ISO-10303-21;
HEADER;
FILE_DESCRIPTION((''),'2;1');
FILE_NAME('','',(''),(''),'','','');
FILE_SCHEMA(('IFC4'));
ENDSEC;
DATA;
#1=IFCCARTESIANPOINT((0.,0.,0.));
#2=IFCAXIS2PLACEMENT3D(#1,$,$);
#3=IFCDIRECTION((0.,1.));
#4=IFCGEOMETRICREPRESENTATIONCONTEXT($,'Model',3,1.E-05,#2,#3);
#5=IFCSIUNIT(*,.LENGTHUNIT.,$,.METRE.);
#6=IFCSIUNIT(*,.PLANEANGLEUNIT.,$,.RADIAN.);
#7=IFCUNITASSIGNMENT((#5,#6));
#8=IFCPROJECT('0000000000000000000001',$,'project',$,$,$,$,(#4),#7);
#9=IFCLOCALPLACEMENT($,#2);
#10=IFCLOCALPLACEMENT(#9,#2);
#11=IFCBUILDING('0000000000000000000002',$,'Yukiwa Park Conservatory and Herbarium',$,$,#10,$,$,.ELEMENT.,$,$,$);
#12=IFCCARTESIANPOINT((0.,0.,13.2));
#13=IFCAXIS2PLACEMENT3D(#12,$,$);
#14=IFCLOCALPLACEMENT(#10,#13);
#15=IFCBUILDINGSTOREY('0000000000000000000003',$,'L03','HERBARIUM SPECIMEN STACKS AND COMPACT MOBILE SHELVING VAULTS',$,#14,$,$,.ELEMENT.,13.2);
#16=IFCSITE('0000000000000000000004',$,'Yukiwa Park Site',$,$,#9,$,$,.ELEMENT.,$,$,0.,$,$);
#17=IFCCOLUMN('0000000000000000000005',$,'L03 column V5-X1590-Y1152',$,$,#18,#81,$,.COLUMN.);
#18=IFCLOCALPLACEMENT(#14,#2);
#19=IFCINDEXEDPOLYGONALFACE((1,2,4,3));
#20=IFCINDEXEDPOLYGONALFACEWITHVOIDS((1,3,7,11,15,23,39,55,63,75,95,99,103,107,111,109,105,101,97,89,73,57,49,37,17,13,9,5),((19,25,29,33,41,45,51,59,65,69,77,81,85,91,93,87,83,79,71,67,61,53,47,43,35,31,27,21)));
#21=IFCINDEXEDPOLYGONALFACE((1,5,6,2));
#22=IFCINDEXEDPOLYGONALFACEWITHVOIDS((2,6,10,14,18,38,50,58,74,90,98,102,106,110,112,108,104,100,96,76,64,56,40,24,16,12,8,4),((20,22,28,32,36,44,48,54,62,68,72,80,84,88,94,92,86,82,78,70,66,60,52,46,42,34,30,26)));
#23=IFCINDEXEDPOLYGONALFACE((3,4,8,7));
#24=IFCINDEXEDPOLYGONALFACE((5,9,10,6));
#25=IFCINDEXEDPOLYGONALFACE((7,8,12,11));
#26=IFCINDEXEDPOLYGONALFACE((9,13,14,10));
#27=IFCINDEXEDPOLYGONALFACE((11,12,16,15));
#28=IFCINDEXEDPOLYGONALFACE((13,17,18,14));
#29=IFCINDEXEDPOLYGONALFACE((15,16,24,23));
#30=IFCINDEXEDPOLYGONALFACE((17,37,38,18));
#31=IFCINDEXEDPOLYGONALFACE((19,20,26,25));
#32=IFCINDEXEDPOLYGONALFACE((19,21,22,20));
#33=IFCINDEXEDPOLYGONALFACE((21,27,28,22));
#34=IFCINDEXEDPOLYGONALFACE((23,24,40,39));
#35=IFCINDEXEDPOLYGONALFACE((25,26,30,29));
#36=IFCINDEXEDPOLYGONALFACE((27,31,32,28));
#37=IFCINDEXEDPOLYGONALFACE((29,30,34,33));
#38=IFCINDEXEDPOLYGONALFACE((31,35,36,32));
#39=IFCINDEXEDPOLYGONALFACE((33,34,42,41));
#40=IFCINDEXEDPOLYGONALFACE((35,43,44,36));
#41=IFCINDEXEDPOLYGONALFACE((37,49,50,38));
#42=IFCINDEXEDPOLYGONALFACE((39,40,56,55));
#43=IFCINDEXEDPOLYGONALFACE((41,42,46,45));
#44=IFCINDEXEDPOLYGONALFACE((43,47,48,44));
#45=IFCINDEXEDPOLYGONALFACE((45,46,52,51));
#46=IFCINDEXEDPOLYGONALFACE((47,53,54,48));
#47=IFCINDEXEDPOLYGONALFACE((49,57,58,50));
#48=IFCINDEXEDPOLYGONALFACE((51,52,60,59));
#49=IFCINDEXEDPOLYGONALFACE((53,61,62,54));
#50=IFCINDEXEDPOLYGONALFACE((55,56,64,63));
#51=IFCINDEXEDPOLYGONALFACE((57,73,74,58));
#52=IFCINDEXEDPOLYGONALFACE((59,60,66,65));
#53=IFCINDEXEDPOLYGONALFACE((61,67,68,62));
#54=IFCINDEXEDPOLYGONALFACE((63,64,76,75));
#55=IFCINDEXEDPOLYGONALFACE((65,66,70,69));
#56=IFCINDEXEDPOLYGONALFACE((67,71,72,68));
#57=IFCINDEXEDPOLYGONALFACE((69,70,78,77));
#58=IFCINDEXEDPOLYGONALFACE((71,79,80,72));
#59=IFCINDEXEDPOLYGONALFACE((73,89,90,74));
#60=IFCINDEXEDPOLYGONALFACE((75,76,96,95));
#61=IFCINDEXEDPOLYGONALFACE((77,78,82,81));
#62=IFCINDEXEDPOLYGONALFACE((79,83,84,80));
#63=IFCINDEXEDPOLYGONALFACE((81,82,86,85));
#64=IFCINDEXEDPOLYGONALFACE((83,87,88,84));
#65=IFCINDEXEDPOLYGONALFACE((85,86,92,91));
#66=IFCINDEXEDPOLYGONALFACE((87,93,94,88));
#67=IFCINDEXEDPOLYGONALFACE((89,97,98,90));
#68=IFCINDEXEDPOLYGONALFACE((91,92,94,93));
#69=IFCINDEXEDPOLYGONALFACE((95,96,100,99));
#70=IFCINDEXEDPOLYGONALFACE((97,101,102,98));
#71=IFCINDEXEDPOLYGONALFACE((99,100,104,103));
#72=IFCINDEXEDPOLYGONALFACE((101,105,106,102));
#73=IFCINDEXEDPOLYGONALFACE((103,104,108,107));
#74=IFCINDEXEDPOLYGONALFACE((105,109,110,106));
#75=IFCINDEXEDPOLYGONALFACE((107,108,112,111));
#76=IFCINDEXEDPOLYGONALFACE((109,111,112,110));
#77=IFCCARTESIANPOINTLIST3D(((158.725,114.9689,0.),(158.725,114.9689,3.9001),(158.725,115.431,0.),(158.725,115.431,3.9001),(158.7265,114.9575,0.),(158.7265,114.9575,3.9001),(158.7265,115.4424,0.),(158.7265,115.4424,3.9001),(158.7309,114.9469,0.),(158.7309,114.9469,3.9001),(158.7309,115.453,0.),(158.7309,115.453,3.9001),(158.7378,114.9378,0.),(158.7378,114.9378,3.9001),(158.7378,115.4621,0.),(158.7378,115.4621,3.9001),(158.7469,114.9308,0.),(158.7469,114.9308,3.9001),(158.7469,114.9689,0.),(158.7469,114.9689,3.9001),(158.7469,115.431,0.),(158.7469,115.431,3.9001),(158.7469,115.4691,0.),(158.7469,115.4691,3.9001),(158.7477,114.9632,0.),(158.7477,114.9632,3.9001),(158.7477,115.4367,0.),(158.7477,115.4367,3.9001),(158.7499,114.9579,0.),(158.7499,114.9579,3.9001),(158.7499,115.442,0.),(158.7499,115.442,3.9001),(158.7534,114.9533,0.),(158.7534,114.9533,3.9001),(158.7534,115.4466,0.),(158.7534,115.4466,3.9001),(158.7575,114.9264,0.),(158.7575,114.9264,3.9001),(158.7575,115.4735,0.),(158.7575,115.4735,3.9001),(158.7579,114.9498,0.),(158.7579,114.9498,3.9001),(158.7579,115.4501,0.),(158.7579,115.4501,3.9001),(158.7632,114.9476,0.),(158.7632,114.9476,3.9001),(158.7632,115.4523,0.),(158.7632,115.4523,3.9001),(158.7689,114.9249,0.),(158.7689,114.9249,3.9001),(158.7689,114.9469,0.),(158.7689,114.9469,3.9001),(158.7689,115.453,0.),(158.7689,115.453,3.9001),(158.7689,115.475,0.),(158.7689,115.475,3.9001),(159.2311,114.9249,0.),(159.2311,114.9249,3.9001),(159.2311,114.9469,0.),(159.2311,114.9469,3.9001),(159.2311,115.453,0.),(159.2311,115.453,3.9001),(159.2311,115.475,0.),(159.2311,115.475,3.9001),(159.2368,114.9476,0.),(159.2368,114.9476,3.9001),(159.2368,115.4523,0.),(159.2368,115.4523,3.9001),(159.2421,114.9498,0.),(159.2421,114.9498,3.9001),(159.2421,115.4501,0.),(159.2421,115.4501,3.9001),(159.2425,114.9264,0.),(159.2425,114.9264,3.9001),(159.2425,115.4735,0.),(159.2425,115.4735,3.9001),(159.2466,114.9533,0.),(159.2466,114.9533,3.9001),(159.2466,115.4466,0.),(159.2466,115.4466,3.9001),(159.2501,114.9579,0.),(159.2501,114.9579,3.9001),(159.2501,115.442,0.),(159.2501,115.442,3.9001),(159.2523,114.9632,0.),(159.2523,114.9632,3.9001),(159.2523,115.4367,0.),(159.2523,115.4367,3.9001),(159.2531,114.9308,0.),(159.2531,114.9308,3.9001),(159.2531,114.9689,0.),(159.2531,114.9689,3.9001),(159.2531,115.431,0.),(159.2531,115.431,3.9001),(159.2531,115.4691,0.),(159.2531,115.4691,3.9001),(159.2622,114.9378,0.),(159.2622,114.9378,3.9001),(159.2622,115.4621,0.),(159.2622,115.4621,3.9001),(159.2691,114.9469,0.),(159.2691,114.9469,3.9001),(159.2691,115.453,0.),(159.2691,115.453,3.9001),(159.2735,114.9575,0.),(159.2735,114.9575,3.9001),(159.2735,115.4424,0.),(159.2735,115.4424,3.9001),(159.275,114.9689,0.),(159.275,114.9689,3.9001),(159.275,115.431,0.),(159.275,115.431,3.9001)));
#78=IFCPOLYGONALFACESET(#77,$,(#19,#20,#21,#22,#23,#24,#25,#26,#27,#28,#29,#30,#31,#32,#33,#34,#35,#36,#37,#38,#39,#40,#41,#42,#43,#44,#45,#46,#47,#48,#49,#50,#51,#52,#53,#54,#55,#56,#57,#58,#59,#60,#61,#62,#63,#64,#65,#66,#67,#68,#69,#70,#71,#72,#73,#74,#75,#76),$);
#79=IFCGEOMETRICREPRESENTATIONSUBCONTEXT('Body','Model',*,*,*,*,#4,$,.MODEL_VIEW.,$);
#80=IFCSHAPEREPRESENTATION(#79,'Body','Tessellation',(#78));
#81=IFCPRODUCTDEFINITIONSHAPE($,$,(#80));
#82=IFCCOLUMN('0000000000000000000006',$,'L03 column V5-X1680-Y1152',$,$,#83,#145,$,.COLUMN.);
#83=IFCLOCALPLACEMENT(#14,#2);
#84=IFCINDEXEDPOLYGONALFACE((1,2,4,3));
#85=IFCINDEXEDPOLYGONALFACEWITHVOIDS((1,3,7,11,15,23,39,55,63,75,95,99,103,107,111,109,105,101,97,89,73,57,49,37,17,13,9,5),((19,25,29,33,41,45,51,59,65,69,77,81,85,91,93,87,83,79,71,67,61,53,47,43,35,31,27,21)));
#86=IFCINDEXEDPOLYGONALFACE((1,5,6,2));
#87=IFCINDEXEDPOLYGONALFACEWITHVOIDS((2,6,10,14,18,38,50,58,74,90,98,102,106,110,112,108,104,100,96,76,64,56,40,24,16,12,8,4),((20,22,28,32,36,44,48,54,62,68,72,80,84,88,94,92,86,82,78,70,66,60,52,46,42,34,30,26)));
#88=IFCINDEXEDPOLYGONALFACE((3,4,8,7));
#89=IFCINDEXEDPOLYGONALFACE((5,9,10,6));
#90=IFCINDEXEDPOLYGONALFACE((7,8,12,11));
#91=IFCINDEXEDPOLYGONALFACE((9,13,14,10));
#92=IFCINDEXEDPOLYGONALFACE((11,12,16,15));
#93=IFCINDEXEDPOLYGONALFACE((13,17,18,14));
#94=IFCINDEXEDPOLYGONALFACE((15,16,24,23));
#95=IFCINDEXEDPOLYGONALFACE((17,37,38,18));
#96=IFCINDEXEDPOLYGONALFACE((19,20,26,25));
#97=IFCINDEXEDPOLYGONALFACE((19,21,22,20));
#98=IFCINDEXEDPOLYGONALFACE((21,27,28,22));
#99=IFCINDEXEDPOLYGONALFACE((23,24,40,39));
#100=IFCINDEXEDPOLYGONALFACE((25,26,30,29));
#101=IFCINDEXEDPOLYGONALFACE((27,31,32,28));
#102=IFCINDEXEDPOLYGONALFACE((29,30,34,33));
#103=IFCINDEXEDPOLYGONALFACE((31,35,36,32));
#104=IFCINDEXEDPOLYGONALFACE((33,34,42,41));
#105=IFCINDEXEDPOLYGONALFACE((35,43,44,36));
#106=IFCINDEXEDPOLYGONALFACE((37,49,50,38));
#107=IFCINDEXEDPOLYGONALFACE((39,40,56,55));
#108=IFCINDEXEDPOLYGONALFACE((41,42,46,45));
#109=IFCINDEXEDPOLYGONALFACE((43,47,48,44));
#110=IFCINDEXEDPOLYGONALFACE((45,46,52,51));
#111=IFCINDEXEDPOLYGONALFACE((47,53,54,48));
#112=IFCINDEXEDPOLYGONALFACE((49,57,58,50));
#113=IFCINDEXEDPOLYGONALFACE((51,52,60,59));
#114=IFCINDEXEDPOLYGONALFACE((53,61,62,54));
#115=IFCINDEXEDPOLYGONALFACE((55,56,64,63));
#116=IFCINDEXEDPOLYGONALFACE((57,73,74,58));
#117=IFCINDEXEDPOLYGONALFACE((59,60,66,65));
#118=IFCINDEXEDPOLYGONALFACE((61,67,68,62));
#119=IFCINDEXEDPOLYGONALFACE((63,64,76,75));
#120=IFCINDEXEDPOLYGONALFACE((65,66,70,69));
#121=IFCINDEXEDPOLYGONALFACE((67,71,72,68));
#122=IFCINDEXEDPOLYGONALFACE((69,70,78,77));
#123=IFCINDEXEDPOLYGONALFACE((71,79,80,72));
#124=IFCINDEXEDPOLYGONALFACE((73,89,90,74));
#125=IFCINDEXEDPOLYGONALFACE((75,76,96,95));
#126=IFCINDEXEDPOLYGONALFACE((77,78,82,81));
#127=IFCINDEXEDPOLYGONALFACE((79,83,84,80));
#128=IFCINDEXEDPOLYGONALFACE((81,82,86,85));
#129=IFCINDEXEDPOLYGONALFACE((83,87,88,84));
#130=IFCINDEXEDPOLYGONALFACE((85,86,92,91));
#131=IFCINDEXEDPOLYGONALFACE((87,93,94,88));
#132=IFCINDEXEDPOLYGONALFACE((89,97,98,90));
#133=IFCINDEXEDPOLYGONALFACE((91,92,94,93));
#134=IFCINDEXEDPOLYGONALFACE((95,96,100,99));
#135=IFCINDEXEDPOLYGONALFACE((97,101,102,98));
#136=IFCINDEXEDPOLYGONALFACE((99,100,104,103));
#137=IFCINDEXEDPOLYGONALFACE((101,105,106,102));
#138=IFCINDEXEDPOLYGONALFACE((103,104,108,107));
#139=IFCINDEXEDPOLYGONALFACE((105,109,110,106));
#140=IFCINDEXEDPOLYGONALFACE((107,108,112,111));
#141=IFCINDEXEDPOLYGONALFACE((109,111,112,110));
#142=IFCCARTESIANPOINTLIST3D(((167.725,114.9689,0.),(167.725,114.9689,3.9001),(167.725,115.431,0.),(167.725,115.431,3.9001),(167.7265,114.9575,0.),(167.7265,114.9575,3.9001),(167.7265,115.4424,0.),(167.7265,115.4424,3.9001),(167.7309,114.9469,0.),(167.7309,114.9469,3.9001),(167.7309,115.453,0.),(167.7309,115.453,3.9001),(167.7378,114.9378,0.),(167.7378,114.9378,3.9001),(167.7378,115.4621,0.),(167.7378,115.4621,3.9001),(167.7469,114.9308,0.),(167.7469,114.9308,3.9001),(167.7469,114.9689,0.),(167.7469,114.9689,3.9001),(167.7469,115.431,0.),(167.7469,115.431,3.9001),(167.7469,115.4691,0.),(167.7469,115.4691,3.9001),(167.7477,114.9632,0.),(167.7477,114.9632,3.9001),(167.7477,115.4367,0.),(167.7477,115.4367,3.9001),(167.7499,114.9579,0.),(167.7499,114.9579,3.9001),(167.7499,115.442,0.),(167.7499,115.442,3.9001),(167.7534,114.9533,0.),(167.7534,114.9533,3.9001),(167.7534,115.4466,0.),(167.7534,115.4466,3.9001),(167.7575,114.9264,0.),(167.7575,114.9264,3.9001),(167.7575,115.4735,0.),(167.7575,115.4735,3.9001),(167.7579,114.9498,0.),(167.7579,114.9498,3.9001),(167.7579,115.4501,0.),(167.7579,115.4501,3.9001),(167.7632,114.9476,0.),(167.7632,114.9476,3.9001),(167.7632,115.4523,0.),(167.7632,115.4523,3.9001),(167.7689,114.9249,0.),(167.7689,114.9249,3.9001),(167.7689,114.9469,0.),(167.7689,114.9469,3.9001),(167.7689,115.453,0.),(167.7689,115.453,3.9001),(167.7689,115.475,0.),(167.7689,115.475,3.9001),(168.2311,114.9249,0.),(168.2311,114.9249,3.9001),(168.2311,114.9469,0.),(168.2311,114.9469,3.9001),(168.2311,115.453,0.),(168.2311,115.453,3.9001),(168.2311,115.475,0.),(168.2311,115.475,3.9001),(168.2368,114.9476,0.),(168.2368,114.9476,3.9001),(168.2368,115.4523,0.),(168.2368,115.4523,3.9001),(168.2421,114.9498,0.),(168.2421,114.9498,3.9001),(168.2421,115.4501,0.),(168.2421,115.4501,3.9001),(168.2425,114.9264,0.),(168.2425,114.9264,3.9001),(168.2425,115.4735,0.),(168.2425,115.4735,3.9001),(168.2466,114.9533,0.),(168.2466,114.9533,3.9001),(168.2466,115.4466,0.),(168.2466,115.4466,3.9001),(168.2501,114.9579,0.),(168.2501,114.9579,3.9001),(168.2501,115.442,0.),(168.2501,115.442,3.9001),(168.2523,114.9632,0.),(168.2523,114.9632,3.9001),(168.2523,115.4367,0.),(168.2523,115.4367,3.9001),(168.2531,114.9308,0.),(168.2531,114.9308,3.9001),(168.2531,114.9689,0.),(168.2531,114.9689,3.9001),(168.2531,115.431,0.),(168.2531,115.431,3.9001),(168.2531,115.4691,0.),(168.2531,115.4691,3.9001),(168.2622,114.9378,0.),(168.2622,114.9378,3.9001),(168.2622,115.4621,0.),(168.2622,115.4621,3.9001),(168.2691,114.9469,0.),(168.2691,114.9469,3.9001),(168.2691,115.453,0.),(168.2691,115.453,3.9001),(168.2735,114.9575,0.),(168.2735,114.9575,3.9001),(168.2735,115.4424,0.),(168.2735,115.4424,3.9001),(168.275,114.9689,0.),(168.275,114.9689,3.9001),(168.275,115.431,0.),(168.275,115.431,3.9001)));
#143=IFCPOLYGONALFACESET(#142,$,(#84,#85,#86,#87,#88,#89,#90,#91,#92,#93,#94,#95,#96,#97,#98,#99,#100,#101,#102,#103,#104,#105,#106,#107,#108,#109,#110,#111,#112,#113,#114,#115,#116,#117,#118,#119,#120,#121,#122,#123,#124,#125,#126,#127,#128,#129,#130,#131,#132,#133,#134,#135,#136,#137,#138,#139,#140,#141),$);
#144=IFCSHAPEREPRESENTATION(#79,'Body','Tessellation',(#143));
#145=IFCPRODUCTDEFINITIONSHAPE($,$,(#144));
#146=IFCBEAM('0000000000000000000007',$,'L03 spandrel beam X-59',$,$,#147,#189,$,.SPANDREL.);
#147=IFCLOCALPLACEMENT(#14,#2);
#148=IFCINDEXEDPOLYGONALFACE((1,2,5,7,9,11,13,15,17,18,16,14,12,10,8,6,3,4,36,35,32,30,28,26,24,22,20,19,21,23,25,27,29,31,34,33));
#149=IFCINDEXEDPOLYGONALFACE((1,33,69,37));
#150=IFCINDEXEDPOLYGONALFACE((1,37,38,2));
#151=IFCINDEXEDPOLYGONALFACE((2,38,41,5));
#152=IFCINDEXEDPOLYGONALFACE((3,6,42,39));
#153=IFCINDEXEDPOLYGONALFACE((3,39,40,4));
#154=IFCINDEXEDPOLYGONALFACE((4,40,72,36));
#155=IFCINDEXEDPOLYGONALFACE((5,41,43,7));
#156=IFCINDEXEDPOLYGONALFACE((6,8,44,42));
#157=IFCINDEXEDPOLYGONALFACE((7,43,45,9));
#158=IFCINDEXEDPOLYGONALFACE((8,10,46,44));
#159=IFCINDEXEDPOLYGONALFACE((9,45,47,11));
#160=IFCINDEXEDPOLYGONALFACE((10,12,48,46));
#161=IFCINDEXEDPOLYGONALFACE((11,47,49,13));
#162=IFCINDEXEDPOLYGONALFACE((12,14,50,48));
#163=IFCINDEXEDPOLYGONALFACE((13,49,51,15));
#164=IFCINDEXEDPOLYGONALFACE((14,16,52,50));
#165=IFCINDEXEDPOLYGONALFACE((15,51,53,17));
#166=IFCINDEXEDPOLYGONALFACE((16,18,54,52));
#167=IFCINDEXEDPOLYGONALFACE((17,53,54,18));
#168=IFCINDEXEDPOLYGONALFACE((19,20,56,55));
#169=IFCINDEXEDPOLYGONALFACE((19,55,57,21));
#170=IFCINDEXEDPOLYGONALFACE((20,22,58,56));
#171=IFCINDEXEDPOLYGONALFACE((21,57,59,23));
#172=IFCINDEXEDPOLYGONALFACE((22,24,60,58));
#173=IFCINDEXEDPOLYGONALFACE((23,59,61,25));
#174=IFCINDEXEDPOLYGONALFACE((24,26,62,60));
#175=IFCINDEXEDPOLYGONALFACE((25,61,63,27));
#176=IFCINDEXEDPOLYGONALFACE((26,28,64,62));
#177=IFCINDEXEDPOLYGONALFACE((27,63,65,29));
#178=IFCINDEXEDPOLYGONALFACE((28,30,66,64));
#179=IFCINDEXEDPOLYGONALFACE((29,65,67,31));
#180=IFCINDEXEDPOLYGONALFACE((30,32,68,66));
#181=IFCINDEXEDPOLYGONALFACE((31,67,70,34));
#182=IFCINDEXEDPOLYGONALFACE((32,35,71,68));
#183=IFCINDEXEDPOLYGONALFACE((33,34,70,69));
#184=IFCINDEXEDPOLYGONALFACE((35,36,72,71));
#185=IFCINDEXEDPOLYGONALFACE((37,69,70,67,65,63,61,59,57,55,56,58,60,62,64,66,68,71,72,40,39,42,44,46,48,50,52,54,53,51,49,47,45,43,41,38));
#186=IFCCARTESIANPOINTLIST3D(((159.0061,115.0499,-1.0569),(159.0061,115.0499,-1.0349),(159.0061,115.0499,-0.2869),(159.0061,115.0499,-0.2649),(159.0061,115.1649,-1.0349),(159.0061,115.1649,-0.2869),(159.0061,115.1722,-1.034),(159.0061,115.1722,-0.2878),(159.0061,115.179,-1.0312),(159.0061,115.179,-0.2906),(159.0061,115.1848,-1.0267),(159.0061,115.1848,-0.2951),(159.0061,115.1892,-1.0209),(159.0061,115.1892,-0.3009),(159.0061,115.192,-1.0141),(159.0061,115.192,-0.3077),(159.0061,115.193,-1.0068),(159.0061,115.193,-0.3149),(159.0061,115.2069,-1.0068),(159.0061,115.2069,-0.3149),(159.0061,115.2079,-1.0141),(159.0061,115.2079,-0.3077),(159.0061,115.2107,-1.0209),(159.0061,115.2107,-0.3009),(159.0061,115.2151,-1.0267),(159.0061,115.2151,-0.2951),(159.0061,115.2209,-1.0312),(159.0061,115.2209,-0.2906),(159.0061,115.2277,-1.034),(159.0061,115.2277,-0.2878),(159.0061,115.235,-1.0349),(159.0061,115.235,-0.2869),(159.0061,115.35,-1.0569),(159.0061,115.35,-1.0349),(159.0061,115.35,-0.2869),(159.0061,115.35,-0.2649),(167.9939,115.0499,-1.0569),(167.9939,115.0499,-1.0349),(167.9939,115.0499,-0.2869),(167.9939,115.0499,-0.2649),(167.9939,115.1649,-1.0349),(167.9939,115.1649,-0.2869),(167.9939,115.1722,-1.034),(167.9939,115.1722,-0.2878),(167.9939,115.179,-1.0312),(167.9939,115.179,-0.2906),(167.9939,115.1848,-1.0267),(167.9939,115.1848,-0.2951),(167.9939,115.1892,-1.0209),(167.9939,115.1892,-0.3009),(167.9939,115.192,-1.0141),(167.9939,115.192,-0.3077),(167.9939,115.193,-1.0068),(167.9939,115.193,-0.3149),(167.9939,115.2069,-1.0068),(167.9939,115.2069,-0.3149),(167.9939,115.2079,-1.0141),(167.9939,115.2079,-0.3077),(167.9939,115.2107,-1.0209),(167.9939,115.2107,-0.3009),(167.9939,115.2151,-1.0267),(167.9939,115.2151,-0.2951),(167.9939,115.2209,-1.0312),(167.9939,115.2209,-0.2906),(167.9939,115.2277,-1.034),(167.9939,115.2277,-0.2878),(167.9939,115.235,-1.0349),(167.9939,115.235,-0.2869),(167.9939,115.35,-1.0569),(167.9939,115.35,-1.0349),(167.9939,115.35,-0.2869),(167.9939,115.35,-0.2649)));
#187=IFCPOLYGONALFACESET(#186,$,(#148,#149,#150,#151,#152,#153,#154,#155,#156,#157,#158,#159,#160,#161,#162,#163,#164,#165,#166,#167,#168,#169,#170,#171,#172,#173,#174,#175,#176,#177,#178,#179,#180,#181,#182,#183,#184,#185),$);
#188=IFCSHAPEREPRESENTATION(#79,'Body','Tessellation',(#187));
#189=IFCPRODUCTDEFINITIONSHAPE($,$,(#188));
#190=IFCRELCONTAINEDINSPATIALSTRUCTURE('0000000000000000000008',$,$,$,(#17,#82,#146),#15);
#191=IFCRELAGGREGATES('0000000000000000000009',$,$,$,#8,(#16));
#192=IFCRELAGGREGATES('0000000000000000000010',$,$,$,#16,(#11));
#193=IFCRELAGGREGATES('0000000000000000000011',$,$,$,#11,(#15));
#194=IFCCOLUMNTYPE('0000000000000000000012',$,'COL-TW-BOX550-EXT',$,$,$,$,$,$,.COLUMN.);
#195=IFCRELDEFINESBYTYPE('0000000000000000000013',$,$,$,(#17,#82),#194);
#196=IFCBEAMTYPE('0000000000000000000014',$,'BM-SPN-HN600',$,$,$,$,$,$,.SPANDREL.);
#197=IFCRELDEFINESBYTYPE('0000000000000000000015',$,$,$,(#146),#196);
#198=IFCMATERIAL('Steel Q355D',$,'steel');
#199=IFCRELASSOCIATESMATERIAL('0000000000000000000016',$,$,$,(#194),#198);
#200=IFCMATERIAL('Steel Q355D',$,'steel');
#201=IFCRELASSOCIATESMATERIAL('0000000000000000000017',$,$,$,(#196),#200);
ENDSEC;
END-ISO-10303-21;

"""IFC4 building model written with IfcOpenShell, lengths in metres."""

from ifc_helpers import new_model, si_unit, direction, frame, origin, origin_2d, place, context, subcontext, project, spatial, hollow_rectangle, i_section, extrude, material, material_profile, profile_set, type_object, element, save


model = new_model("IFC4")

# Units and contexts
model_context = context("Model", 3, precision=1e-05, world=origin(), true_north=direction((0.0, 1.0)))
body_context = subcontext(model_context, "Body", "Model", "MODEL_VIEW")
ifc_project = project(units=[si_unit("LENGTHUNIT", "METRE"), si_unit("PLANEANGLEUNIT", "RADIAN")], contexts=[model_context])

# Site, building, storey
site_placement = place(None, origin())
site = spatial("IfcSite", under=ifc_project, at=site_placement, Name="Yukiwa Park Site", CompositionType="ELEMENT", RefElevation=0.0)
building_placement = place(site_placement, origin())
building = spatial("IfcBuilding", under=site, at=building_placement, Name="Yukiwa Park Conservatory and Herbarium", CompositionType="ELEMENT")
storey_placement = place(building_placement, frame((0.0, 0.0, 13.2)))
storey = spatial("IfcBuildingStorey", under=building, at=storey_placement, Name="L03", Description="HERBARIUM SPECIMEN STACKS AND COMPACT MOBILE SHELVING VAULTS", CompositionType="ELEMENT", Elevation=13.2)

# Columns
ifc_material_1 = material(Name="Steel Q355D", Category="steel")
ifc_material_profile_1 = material_profile(ifc_material_1, hollow_rectangle(XDim=0.55, YDim=0.55, WallThickness=0.022, InnerFilletRadius=0.022, OuterFilletRadius=0.0439, at=origin_2d()), Name="BOX 550x550x22")
ifc_profile_set_1 = profile_set([ifc_material_profile_1], Name="Steel Q355D")
column_type = type_object("IfcColumnType", Name="COL-TW-BOX550-EXT", PredefinedType="COLUMN", material=ifc_profile_set_1)
for number, where, z_axis, x_axis, name in (
    (1, (159.0, 115.2, 0.0), (0.0, 0.0, 1.0), (1.0, 0.0, 0.0), "L03 column V5-X1590-Y1152"),
    (2, (168.0, 115.2, 0.0), (0.0, 0.0, 1.0), (1.0, 0.0, 0.0), "L03 column V5-X1680-Y1152"),
):
    element("IfcColumn", number, at=place(storey_placement, frame(where, z_axis=z_axis, x_axis=x_axis)), inside=storey, type_object=column_type, Name=name, PredefinedType="COLUMN", context=body_context, shape_type="SweptSolid", body=[
        extrude(hollow_rectangle(XDim=0.55, YDim=0.55, WallThickness=0.022, InnerFilletRadius=0.022, OuterFilletRadius=0.0439, at=origin_2d()), origin(), (0.0, 0.0, 1.0), 3.9001),
    ])

# Beam
ifc_material_2 = material(Name="Steel Q355D", Category="steel")
ifc_material_profile_2 = material_profile(ifc_material_2, i_section(OverallWidth=0.3, OverallDepth=0.792, WebThickness=0.0139, FlangeThickness=0.022, FilletRadius=0.0281, at=origin_2d()), Name="HN 792x300x14x22")
ifc_profile_set_2 = profile_set([ifc_material_profile_2], Name="Steel Q355D")
beam_type_1 = type_object("IfcBeamType", Name="BM-SPN-HN600", PredefinedType="SPANDREL", material=ifc_profile_set_2)
beam_1_placement = place(storey_placement, frame((159.0061, 115.2, -0.6609), z_axis=(1.0, 0.0, 0.0), x_axis=(0.0, 1.0, 0.0)))
element("IfcBeam", 3, at=beam_1_placement, inside=storey, type_object=beam_type_1, Name="L03 spandrel beam X-59", PredefinedType="SPANDREL", context=body_context, shape_type="SweptSolid", body=[
    extrude(i_section(OverallWidth=0.3, OverallDepth=0.792, WebThickness=0.0139, FlangeThickness=0.022, FilletRadius=0.0281, at=origin_2d()), origin(), (0.0, 0.0, 1.0), 8.9878),
])

save(model, "model.ifc")
